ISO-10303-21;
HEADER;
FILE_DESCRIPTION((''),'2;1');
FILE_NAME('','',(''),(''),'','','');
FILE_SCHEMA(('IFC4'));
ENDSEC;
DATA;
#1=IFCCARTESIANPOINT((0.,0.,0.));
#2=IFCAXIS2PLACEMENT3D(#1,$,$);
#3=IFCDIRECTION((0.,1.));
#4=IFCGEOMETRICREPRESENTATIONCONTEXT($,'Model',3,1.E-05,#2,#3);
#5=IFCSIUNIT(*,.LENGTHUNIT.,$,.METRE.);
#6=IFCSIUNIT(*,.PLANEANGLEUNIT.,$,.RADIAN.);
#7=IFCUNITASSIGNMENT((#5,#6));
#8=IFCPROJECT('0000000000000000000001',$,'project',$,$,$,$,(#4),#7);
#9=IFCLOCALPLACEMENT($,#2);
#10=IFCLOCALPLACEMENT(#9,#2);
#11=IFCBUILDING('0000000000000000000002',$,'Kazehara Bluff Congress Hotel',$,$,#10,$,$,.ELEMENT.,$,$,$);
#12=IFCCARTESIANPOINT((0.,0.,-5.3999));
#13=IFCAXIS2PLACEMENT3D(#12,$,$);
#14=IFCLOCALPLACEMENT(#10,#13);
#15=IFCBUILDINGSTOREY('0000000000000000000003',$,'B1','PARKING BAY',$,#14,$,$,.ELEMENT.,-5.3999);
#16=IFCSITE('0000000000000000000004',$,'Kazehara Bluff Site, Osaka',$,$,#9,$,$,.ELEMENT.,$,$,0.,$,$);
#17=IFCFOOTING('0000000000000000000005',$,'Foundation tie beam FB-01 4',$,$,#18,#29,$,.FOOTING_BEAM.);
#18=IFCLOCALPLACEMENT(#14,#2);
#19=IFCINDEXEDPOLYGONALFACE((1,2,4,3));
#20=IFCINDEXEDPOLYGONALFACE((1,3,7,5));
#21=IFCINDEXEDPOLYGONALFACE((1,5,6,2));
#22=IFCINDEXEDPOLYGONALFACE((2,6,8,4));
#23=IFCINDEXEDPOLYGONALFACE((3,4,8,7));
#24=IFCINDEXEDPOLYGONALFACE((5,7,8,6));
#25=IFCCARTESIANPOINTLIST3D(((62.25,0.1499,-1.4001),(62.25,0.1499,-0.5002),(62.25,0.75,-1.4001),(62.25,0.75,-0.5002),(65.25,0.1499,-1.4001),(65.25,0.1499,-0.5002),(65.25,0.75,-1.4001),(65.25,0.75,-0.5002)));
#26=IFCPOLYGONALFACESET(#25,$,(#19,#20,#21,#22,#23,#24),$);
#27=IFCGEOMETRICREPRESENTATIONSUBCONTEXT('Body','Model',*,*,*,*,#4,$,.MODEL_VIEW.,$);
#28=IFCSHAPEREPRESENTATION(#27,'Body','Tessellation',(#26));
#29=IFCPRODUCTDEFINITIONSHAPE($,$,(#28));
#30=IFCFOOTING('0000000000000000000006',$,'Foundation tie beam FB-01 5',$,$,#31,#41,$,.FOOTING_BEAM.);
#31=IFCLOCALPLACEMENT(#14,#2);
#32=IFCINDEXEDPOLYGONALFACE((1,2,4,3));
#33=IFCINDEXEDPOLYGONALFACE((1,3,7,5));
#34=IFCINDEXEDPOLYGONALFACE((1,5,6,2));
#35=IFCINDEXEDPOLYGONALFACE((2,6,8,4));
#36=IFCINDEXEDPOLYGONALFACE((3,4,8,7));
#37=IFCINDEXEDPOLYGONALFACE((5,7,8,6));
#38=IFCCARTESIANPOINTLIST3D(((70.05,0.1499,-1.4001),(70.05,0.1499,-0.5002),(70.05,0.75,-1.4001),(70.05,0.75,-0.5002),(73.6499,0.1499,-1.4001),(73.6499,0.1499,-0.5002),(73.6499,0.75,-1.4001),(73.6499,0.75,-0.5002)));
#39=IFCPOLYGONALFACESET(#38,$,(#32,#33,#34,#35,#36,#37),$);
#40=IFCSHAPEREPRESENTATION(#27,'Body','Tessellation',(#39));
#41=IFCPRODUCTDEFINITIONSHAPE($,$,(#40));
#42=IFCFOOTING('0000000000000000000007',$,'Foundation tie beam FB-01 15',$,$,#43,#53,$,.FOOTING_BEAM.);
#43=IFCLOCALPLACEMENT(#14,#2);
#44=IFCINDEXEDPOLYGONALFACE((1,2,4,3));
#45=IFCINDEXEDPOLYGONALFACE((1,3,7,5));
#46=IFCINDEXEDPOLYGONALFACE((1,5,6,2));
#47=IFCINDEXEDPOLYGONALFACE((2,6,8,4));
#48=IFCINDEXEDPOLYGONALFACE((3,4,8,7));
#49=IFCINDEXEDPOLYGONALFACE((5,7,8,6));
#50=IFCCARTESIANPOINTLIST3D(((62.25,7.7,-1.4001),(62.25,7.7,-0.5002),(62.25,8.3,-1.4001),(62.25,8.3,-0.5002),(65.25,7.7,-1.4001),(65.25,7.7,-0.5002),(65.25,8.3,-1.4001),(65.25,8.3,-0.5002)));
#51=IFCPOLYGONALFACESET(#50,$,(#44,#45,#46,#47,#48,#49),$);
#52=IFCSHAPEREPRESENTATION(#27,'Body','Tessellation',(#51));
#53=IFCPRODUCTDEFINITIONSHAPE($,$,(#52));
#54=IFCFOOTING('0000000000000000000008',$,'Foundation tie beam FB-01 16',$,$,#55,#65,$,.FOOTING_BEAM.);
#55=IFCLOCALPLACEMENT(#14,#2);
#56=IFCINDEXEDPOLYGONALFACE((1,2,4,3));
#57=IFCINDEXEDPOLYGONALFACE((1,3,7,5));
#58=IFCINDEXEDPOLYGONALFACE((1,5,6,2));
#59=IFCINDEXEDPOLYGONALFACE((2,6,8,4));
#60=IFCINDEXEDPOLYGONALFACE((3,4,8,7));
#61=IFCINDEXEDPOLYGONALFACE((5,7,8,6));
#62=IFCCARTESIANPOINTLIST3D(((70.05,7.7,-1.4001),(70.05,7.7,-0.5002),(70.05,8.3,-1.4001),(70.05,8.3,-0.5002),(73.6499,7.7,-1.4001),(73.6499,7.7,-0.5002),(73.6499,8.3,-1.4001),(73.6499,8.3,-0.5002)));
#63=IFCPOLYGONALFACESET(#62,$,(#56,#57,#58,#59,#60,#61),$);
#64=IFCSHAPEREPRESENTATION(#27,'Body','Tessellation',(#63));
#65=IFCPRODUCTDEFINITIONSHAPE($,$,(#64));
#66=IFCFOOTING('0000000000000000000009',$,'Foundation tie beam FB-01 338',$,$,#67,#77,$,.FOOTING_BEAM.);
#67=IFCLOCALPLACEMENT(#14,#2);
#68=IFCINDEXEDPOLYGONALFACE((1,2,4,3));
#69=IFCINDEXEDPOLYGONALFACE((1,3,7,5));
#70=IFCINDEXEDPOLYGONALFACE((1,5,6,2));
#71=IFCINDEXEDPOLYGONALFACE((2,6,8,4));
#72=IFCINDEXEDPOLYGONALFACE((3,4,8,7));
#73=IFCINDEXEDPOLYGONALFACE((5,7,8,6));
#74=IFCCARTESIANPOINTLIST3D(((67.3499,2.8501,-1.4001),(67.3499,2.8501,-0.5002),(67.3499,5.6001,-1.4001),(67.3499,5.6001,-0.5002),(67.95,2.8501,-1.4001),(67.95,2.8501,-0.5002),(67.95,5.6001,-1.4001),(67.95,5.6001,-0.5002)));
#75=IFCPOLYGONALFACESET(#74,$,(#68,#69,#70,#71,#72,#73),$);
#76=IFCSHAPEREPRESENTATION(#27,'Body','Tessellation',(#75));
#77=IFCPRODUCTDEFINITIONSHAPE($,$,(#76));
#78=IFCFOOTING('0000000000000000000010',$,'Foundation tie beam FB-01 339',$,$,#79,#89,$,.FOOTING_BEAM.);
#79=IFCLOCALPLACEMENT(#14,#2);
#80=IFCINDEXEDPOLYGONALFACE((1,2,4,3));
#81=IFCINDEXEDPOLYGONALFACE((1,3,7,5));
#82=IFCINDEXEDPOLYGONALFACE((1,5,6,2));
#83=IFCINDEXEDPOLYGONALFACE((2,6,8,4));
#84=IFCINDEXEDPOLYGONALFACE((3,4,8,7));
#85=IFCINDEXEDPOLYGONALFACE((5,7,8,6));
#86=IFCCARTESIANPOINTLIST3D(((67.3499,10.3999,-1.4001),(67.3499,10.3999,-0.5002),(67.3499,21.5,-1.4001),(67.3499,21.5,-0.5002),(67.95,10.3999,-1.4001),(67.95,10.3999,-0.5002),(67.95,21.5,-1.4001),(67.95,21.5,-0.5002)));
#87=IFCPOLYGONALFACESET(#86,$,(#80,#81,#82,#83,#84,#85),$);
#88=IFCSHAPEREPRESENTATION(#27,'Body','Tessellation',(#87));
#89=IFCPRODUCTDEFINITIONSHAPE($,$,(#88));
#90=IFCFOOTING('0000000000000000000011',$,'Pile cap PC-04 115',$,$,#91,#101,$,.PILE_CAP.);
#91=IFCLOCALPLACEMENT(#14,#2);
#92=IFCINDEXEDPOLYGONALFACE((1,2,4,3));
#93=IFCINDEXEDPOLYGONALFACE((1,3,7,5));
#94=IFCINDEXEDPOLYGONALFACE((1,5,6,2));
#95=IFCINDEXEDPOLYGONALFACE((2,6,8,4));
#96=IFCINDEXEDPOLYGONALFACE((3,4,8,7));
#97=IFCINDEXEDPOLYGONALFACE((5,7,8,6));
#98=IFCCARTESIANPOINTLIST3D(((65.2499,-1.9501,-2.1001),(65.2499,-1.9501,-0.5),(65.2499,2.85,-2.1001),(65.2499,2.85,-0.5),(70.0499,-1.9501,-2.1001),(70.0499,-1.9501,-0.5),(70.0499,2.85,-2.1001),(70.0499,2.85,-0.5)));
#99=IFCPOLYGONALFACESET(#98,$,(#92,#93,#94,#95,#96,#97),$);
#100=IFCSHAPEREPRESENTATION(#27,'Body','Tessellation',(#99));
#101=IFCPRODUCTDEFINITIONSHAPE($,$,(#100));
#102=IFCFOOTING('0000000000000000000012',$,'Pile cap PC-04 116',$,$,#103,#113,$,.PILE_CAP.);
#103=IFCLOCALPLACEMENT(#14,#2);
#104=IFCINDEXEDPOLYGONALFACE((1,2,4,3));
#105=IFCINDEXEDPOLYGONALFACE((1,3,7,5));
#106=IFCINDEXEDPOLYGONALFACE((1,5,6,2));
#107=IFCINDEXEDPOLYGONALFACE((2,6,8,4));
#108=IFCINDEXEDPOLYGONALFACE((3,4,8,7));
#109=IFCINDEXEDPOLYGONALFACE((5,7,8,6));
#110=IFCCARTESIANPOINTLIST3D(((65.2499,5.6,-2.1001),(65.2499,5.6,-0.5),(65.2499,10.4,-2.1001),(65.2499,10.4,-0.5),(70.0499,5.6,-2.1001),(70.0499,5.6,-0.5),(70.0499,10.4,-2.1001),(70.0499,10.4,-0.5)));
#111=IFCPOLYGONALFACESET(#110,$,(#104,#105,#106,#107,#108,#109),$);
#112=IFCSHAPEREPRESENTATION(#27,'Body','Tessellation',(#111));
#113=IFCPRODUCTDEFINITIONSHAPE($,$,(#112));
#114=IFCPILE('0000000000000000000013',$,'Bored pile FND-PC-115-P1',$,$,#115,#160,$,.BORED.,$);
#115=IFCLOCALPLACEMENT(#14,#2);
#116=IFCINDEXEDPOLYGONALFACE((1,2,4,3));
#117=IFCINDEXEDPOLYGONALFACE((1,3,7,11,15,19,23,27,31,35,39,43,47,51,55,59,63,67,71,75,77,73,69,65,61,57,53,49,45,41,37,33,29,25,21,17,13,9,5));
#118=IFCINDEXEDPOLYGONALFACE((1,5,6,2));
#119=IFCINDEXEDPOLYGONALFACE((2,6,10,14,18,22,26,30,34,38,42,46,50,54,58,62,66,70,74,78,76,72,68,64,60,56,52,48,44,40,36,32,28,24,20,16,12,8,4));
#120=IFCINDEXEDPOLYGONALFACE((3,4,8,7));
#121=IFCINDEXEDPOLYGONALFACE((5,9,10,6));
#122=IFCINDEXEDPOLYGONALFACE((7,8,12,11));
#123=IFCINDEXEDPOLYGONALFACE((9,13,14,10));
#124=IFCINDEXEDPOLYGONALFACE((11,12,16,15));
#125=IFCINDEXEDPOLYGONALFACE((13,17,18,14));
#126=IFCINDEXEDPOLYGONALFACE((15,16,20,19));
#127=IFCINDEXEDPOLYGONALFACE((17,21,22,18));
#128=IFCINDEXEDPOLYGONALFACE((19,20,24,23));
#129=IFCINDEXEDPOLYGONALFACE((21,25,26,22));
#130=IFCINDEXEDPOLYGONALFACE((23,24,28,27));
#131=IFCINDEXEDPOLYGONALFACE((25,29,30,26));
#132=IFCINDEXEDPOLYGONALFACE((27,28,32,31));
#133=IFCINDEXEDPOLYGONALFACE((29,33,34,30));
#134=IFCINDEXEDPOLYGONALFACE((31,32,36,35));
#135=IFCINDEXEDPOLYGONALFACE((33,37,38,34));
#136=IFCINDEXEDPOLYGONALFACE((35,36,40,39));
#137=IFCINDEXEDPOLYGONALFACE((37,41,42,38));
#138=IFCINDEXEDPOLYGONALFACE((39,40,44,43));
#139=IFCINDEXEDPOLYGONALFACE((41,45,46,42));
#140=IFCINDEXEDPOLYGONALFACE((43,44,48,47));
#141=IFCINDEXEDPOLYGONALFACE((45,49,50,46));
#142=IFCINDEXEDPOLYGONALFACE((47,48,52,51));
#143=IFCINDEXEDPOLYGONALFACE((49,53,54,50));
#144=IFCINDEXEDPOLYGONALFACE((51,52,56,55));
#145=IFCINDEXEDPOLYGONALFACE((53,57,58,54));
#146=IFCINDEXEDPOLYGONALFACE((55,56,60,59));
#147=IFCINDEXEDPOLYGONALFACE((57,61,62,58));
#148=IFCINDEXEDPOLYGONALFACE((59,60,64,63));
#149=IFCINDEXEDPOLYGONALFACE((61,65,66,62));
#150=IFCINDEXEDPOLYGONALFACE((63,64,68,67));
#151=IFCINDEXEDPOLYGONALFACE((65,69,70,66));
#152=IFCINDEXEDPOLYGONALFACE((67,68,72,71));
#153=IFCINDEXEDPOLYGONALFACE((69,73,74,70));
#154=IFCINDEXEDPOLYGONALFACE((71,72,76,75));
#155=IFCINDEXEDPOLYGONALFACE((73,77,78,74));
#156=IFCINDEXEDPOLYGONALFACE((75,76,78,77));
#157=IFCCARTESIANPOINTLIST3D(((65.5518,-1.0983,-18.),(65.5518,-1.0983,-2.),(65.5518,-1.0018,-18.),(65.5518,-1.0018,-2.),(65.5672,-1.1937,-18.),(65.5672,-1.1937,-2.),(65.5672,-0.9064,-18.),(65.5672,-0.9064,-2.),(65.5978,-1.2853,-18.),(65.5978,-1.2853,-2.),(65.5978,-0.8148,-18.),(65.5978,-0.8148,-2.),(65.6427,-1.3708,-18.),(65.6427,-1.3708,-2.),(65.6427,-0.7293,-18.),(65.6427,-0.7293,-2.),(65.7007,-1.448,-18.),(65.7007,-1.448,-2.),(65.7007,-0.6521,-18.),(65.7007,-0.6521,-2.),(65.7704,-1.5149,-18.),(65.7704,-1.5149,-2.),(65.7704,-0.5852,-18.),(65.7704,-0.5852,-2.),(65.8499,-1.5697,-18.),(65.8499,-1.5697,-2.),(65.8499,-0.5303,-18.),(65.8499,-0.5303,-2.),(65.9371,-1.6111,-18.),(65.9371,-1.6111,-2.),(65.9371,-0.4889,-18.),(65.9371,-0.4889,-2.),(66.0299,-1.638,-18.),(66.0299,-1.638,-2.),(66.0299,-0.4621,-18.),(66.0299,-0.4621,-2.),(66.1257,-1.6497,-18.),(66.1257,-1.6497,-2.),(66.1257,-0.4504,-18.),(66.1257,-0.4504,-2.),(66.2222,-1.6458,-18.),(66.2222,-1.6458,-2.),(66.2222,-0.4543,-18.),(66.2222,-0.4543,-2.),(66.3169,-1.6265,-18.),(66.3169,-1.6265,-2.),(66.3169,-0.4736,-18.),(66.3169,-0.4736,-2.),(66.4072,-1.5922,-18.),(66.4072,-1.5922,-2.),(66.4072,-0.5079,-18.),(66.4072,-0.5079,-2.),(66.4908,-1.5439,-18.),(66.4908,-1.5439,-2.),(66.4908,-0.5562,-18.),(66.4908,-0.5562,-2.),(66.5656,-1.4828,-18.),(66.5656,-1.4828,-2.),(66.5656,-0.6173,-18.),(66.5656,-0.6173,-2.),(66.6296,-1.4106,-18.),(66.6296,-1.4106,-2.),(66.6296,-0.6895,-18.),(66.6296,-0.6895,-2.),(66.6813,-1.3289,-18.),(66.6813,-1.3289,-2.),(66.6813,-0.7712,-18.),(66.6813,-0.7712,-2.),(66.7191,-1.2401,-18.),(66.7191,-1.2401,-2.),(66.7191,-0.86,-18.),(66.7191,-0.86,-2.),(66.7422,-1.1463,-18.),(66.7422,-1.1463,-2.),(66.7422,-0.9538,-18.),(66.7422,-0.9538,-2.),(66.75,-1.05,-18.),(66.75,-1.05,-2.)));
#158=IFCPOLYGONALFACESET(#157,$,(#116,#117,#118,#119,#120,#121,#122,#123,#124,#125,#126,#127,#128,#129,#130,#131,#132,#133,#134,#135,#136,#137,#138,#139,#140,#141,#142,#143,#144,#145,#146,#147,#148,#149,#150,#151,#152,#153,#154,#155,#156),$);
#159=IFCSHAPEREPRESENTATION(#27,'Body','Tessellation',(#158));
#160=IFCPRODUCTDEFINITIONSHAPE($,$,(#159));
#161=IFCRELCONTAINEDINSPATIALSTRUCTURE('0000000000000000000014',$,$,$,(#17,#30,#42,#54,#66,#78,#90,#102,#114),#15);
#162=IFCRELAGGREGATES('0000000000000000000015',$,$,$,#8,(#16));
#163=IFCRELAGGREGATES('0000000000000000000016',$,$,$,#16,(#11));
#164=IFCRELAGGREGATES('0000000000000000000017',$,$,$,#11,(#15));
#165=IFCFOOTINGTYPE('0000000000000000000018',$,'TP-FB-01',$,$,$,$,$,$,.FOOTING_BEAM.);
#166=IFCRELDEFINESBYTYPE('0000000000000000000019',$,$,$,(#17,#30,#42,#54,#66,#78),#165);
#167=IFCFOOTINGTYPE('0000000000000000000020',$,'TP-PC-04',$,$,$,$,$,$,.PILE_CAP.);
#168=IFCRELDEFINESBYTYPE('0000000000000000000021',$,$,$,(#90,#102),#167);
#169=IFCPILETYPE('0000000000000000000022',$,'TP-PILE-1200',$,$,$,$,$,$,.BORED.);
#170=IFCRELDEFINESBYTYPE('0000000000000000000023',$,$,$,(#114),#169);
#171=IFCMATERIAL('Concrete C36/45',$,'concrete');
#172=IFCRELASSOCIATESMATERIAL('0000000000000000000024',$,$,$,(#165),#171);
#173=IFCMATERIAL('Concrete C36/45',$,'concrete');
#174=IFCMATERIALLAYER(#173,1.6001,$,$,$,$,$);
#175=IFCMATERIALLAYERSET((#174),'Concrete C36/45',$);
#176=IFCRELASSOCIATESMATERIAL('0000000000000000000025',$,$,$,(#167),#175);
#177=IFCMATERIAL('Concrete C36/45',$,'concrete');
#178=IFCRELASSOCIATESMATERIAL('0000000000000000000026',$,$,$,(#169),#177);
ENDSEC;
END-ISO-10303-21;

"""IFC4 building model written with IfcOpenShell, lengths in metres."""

from ifc_helpers import new_model, si_unit, direction, frame, origin, origin_2d, place, context, subcontext, project, spatial, rectangle, circle, extrude, material, layer, layer_set, material_profile, profile_set, type_object, element, save


model = new_model("IFC4")

# Units and contexts
model_context = context("Model", 3, precision=1e-05, world=origin(), true_north=direction((0.0, 1.0)))
body_context = subcontext(model_context, "Body", "Model", "MODEL_VIEW")
ifc_project = project(units=[si_unit("LENGTHUNIT", "METRE"), si_unit("PLANEANGLEUNIT", "RADIAN")], contexts=[model_context])

# Site, building, storey
site_placement = place(None, origin())
site = spatial("IfcSite", under=ifc_project, at=site_placement, Name="Kazehara Bluff Site, Osaka", CompositionType="ELEMENT", RefElevation=0.0)
building_placement = place(site_placement, origin())
building = spatial("IfcBuilding", under=site, at=building_placement, Name="Kazehara Bluff Congress Hotel", CompositionType="ELEMENT")
storey_placement = place(building_placement, frame((0.0, 0.0, -5.3999)))
storey = spatial("IfcBuildingStorey", under=building, at=storey_placement, Name="B1", Description="PARKING BAY", CompositionType="ELEMENT", Elevation=-5.3999)

# Footings
ifc_material_1 = material(Name="Concrete C36/45", Category="concrete")
ifc_material_profile_1 = material_profile(ifc_material_1, rectangle(XDim=0.6001, YDim=0.8999, at=origin_2d()))
ifc_profile_set_1 = profile_set([ifc_material_profile_1], Name="Concrete C36/45")
footing_type_1 = type_object("IfcFootingType", Name="TP-FB-01", PredefinedType="FOOTING_BEAM", material=ifc_profile_set_1)
footing_1_placement = place(storey_placement, frame((62.25, 0.45, -0.9502), z_axis=(1.0, 0.0, 0.0), x_axis=(0.0, 1.0, 0.0)))
element("IfcFooting", 1, at=footing_1_placement, inside=storey, type_object=footing_type_1, Name="Foundation tie beam FB-01 4", PredefinedType="FOOTING_BEAM", context=body_context, shape_type="SweptSolid", body=[
    extrude(rectangle(XDim=0.6001, YDim=0.8999, at=origin_2d()), origin(), (0.0, 0.0, 1.0), 3.0),
])
footing_2_placement = place(storey_placement, frame((70.05, 0.45, -0.9502), z_axis=(1.0, 0.0, 0.0), x_axis=(0.0, 1.0, 0.0)))
element("IfcFooting", 2, at=footing_2_placement, inside=storey, type_object=footing_type_1, Name="Foundation tie beam FB-01 5", PredefinedType="FOOTING_BEAM", context=body_context, shape_type="SweptSolid", body=[
    extrude(rectangle(XDim=0.6001, YDim=0.8999, at=origin_2d()), origin(), (0.0, 0.0, 1.0), 3.5999),
])
footing_3_placement = place(storey_placement, frame((62.25, 8.0, -0.9502), z_axis=(1.0, 0.0, 0.0), x_axis=(0.0, 1.0, 0.0)))
element("IfcFooting", 3, at=footing_3_placement, inside=storey, type_object=footing_type_1, Name="Foundation tie beam FB-01 15", PredefinedType="FOOTING_BEAM", context=body_context, shape_type="SweptSolid", body=[
    extrude(rectangle(XDim=0.6001, YDim=0.8999, at=origin_2d()), origin(), (0.0, 0.0, 1.0), 3.0),
])
footing_4_placement = place(storey_placement, frame((70.05, 8.0, -0.9502), z_axis=(1.0, 0.0, 0.0), x_axis=(0.0, 1.0, 0.0)))
element("IfcFooting", 4, at=footing_4_placement, inside=storey, type_object=footing_type_1, Name="Foundation tie beam FB-01 16", PredefinedType="FOOTING_BEAM", context=body_context, shape_type="SweptSolid", body=[
    extrude(rectangle(XDim=0.6001, YDim=0.8999, at=origin_2d()), origin(), (0.0, 0.0, 1.0), 3.5999),
])
footing_5_placement = place(storey_placement, frame((67.6499, 2.8501, -0.9502), z_axis=(0.0, 1.0, 0.0), x_axis=(-1.0, 0.0, 0.0)))
element("IfcFooting", 5, at=footing_5_placement, inside=storey, type_object=footing_type_1, Name="Foundation tie beam FB-01 338", PredefinedType="FOOTING_BEAM", context=body_context, shape_type="SweptSolid", body=[
    extrude(rectangle(XDim=0.6001, YDim=0.8999, at=origin_2d()), origin(), (0.0, 0.0, 1.0), 2.75),
])
footing_6_placement = place(storey_placement, frame((67.6499, 10.3999, -0.9502), z_axis=(0.0, 1.0, 0.0), x_axis=(-1.0, 0.0, 0.0)))
element("IfcFooting", 6, at=footing_6_placement, inside=storey, type_object=footing_type_1, Name="Foundation tie beam FB-01 339", PredefinedType="FOOTING_BEAM", context=body_context, shape_type="SweptSolid", body=[
    extrude(rectangle(XDim=0.6001, YDim=0.8999, at=origin_2d()), origin(), (0.0, 0.0, 1.0), 11.1001),
])
ifc_material_2 = material(Name="Concrete C36/45", Category="concrete")
ifc_layer = layer(ifc_material_2, 1.6001)
ifc_layer_set = layer_set([ifc_layer], Name="Concrete C36/45")
footing_type_2 = type_object("IfcFootingType", Name="TP-PC-04", PredefinedType="PILE_CAP", material=ifc_layer_set)
for number, where, z_axis, x_axis, name in (
    (7, (67.6499, 0.45, -2.1001), (0.0, 0.0, 1.0), (1.0, 0.0, 0.0), "Pile cap PC-04 115"),
    (8, (67.6499, 8.0, -2.1001), (0.0, 0.0, 1.0), (1.0, 0.0, 0.0), "Pile cap PC-04 116"),
):
    element("IfcFooting", number, at=place(storey_placement, frame(where, z_axis=z_axis, x_axis=x_axis)), inside=storey, type_object=footing_type_2, Name=name, PredefinedType="PILE_CAP", context=body_context, shape_type="SweptSolid", body=[
        extrude(rectangle(XDim=4.8, YDim=4.8, at=origin_2d()), origin(), (0.0, 0.0, 1.0), 1.6001),
    ])

# Pile
ifc_material_3 = material(Name="Concrete C36/45", Category="concrete")
ifc_material_profile_2 = material_profile(ifc_material_3, circle(Radius=0.6001, at=origin_2d()))
ifc_profile_set_2 = profile_set([ifc_material_profile_2], Name="Concrete C36/45")
pile_type_1 = type_object("IfcPileType", Name="TP-PILE-1200", PredefinedType="BORED", material=ifc_profile_set_2)
for number, where, z_axis, x_axis, name in (
    (9, (66.1499, -1.05, -2.0), (0.0, 0.0, -1.0), (1.0, 0.0, 0.0), "Bored pile FND-PC-115-P1"),
):
    element("IfcPile", number, at=place(storey_placement, frame(where, z_axis=z_axis, x_axis=x_axis)), inside=storey, type_object=pile_type_1, Name=name, PredefinedType="BORED", context=body_context, shape_type="SweptSolid", body=[
        extrude(circle(Radius=0.6001, at=origin_2d()), origin(), (0.0, 0.0, 1.0), 16.0),
    ])

save(model, "model.ifc")
